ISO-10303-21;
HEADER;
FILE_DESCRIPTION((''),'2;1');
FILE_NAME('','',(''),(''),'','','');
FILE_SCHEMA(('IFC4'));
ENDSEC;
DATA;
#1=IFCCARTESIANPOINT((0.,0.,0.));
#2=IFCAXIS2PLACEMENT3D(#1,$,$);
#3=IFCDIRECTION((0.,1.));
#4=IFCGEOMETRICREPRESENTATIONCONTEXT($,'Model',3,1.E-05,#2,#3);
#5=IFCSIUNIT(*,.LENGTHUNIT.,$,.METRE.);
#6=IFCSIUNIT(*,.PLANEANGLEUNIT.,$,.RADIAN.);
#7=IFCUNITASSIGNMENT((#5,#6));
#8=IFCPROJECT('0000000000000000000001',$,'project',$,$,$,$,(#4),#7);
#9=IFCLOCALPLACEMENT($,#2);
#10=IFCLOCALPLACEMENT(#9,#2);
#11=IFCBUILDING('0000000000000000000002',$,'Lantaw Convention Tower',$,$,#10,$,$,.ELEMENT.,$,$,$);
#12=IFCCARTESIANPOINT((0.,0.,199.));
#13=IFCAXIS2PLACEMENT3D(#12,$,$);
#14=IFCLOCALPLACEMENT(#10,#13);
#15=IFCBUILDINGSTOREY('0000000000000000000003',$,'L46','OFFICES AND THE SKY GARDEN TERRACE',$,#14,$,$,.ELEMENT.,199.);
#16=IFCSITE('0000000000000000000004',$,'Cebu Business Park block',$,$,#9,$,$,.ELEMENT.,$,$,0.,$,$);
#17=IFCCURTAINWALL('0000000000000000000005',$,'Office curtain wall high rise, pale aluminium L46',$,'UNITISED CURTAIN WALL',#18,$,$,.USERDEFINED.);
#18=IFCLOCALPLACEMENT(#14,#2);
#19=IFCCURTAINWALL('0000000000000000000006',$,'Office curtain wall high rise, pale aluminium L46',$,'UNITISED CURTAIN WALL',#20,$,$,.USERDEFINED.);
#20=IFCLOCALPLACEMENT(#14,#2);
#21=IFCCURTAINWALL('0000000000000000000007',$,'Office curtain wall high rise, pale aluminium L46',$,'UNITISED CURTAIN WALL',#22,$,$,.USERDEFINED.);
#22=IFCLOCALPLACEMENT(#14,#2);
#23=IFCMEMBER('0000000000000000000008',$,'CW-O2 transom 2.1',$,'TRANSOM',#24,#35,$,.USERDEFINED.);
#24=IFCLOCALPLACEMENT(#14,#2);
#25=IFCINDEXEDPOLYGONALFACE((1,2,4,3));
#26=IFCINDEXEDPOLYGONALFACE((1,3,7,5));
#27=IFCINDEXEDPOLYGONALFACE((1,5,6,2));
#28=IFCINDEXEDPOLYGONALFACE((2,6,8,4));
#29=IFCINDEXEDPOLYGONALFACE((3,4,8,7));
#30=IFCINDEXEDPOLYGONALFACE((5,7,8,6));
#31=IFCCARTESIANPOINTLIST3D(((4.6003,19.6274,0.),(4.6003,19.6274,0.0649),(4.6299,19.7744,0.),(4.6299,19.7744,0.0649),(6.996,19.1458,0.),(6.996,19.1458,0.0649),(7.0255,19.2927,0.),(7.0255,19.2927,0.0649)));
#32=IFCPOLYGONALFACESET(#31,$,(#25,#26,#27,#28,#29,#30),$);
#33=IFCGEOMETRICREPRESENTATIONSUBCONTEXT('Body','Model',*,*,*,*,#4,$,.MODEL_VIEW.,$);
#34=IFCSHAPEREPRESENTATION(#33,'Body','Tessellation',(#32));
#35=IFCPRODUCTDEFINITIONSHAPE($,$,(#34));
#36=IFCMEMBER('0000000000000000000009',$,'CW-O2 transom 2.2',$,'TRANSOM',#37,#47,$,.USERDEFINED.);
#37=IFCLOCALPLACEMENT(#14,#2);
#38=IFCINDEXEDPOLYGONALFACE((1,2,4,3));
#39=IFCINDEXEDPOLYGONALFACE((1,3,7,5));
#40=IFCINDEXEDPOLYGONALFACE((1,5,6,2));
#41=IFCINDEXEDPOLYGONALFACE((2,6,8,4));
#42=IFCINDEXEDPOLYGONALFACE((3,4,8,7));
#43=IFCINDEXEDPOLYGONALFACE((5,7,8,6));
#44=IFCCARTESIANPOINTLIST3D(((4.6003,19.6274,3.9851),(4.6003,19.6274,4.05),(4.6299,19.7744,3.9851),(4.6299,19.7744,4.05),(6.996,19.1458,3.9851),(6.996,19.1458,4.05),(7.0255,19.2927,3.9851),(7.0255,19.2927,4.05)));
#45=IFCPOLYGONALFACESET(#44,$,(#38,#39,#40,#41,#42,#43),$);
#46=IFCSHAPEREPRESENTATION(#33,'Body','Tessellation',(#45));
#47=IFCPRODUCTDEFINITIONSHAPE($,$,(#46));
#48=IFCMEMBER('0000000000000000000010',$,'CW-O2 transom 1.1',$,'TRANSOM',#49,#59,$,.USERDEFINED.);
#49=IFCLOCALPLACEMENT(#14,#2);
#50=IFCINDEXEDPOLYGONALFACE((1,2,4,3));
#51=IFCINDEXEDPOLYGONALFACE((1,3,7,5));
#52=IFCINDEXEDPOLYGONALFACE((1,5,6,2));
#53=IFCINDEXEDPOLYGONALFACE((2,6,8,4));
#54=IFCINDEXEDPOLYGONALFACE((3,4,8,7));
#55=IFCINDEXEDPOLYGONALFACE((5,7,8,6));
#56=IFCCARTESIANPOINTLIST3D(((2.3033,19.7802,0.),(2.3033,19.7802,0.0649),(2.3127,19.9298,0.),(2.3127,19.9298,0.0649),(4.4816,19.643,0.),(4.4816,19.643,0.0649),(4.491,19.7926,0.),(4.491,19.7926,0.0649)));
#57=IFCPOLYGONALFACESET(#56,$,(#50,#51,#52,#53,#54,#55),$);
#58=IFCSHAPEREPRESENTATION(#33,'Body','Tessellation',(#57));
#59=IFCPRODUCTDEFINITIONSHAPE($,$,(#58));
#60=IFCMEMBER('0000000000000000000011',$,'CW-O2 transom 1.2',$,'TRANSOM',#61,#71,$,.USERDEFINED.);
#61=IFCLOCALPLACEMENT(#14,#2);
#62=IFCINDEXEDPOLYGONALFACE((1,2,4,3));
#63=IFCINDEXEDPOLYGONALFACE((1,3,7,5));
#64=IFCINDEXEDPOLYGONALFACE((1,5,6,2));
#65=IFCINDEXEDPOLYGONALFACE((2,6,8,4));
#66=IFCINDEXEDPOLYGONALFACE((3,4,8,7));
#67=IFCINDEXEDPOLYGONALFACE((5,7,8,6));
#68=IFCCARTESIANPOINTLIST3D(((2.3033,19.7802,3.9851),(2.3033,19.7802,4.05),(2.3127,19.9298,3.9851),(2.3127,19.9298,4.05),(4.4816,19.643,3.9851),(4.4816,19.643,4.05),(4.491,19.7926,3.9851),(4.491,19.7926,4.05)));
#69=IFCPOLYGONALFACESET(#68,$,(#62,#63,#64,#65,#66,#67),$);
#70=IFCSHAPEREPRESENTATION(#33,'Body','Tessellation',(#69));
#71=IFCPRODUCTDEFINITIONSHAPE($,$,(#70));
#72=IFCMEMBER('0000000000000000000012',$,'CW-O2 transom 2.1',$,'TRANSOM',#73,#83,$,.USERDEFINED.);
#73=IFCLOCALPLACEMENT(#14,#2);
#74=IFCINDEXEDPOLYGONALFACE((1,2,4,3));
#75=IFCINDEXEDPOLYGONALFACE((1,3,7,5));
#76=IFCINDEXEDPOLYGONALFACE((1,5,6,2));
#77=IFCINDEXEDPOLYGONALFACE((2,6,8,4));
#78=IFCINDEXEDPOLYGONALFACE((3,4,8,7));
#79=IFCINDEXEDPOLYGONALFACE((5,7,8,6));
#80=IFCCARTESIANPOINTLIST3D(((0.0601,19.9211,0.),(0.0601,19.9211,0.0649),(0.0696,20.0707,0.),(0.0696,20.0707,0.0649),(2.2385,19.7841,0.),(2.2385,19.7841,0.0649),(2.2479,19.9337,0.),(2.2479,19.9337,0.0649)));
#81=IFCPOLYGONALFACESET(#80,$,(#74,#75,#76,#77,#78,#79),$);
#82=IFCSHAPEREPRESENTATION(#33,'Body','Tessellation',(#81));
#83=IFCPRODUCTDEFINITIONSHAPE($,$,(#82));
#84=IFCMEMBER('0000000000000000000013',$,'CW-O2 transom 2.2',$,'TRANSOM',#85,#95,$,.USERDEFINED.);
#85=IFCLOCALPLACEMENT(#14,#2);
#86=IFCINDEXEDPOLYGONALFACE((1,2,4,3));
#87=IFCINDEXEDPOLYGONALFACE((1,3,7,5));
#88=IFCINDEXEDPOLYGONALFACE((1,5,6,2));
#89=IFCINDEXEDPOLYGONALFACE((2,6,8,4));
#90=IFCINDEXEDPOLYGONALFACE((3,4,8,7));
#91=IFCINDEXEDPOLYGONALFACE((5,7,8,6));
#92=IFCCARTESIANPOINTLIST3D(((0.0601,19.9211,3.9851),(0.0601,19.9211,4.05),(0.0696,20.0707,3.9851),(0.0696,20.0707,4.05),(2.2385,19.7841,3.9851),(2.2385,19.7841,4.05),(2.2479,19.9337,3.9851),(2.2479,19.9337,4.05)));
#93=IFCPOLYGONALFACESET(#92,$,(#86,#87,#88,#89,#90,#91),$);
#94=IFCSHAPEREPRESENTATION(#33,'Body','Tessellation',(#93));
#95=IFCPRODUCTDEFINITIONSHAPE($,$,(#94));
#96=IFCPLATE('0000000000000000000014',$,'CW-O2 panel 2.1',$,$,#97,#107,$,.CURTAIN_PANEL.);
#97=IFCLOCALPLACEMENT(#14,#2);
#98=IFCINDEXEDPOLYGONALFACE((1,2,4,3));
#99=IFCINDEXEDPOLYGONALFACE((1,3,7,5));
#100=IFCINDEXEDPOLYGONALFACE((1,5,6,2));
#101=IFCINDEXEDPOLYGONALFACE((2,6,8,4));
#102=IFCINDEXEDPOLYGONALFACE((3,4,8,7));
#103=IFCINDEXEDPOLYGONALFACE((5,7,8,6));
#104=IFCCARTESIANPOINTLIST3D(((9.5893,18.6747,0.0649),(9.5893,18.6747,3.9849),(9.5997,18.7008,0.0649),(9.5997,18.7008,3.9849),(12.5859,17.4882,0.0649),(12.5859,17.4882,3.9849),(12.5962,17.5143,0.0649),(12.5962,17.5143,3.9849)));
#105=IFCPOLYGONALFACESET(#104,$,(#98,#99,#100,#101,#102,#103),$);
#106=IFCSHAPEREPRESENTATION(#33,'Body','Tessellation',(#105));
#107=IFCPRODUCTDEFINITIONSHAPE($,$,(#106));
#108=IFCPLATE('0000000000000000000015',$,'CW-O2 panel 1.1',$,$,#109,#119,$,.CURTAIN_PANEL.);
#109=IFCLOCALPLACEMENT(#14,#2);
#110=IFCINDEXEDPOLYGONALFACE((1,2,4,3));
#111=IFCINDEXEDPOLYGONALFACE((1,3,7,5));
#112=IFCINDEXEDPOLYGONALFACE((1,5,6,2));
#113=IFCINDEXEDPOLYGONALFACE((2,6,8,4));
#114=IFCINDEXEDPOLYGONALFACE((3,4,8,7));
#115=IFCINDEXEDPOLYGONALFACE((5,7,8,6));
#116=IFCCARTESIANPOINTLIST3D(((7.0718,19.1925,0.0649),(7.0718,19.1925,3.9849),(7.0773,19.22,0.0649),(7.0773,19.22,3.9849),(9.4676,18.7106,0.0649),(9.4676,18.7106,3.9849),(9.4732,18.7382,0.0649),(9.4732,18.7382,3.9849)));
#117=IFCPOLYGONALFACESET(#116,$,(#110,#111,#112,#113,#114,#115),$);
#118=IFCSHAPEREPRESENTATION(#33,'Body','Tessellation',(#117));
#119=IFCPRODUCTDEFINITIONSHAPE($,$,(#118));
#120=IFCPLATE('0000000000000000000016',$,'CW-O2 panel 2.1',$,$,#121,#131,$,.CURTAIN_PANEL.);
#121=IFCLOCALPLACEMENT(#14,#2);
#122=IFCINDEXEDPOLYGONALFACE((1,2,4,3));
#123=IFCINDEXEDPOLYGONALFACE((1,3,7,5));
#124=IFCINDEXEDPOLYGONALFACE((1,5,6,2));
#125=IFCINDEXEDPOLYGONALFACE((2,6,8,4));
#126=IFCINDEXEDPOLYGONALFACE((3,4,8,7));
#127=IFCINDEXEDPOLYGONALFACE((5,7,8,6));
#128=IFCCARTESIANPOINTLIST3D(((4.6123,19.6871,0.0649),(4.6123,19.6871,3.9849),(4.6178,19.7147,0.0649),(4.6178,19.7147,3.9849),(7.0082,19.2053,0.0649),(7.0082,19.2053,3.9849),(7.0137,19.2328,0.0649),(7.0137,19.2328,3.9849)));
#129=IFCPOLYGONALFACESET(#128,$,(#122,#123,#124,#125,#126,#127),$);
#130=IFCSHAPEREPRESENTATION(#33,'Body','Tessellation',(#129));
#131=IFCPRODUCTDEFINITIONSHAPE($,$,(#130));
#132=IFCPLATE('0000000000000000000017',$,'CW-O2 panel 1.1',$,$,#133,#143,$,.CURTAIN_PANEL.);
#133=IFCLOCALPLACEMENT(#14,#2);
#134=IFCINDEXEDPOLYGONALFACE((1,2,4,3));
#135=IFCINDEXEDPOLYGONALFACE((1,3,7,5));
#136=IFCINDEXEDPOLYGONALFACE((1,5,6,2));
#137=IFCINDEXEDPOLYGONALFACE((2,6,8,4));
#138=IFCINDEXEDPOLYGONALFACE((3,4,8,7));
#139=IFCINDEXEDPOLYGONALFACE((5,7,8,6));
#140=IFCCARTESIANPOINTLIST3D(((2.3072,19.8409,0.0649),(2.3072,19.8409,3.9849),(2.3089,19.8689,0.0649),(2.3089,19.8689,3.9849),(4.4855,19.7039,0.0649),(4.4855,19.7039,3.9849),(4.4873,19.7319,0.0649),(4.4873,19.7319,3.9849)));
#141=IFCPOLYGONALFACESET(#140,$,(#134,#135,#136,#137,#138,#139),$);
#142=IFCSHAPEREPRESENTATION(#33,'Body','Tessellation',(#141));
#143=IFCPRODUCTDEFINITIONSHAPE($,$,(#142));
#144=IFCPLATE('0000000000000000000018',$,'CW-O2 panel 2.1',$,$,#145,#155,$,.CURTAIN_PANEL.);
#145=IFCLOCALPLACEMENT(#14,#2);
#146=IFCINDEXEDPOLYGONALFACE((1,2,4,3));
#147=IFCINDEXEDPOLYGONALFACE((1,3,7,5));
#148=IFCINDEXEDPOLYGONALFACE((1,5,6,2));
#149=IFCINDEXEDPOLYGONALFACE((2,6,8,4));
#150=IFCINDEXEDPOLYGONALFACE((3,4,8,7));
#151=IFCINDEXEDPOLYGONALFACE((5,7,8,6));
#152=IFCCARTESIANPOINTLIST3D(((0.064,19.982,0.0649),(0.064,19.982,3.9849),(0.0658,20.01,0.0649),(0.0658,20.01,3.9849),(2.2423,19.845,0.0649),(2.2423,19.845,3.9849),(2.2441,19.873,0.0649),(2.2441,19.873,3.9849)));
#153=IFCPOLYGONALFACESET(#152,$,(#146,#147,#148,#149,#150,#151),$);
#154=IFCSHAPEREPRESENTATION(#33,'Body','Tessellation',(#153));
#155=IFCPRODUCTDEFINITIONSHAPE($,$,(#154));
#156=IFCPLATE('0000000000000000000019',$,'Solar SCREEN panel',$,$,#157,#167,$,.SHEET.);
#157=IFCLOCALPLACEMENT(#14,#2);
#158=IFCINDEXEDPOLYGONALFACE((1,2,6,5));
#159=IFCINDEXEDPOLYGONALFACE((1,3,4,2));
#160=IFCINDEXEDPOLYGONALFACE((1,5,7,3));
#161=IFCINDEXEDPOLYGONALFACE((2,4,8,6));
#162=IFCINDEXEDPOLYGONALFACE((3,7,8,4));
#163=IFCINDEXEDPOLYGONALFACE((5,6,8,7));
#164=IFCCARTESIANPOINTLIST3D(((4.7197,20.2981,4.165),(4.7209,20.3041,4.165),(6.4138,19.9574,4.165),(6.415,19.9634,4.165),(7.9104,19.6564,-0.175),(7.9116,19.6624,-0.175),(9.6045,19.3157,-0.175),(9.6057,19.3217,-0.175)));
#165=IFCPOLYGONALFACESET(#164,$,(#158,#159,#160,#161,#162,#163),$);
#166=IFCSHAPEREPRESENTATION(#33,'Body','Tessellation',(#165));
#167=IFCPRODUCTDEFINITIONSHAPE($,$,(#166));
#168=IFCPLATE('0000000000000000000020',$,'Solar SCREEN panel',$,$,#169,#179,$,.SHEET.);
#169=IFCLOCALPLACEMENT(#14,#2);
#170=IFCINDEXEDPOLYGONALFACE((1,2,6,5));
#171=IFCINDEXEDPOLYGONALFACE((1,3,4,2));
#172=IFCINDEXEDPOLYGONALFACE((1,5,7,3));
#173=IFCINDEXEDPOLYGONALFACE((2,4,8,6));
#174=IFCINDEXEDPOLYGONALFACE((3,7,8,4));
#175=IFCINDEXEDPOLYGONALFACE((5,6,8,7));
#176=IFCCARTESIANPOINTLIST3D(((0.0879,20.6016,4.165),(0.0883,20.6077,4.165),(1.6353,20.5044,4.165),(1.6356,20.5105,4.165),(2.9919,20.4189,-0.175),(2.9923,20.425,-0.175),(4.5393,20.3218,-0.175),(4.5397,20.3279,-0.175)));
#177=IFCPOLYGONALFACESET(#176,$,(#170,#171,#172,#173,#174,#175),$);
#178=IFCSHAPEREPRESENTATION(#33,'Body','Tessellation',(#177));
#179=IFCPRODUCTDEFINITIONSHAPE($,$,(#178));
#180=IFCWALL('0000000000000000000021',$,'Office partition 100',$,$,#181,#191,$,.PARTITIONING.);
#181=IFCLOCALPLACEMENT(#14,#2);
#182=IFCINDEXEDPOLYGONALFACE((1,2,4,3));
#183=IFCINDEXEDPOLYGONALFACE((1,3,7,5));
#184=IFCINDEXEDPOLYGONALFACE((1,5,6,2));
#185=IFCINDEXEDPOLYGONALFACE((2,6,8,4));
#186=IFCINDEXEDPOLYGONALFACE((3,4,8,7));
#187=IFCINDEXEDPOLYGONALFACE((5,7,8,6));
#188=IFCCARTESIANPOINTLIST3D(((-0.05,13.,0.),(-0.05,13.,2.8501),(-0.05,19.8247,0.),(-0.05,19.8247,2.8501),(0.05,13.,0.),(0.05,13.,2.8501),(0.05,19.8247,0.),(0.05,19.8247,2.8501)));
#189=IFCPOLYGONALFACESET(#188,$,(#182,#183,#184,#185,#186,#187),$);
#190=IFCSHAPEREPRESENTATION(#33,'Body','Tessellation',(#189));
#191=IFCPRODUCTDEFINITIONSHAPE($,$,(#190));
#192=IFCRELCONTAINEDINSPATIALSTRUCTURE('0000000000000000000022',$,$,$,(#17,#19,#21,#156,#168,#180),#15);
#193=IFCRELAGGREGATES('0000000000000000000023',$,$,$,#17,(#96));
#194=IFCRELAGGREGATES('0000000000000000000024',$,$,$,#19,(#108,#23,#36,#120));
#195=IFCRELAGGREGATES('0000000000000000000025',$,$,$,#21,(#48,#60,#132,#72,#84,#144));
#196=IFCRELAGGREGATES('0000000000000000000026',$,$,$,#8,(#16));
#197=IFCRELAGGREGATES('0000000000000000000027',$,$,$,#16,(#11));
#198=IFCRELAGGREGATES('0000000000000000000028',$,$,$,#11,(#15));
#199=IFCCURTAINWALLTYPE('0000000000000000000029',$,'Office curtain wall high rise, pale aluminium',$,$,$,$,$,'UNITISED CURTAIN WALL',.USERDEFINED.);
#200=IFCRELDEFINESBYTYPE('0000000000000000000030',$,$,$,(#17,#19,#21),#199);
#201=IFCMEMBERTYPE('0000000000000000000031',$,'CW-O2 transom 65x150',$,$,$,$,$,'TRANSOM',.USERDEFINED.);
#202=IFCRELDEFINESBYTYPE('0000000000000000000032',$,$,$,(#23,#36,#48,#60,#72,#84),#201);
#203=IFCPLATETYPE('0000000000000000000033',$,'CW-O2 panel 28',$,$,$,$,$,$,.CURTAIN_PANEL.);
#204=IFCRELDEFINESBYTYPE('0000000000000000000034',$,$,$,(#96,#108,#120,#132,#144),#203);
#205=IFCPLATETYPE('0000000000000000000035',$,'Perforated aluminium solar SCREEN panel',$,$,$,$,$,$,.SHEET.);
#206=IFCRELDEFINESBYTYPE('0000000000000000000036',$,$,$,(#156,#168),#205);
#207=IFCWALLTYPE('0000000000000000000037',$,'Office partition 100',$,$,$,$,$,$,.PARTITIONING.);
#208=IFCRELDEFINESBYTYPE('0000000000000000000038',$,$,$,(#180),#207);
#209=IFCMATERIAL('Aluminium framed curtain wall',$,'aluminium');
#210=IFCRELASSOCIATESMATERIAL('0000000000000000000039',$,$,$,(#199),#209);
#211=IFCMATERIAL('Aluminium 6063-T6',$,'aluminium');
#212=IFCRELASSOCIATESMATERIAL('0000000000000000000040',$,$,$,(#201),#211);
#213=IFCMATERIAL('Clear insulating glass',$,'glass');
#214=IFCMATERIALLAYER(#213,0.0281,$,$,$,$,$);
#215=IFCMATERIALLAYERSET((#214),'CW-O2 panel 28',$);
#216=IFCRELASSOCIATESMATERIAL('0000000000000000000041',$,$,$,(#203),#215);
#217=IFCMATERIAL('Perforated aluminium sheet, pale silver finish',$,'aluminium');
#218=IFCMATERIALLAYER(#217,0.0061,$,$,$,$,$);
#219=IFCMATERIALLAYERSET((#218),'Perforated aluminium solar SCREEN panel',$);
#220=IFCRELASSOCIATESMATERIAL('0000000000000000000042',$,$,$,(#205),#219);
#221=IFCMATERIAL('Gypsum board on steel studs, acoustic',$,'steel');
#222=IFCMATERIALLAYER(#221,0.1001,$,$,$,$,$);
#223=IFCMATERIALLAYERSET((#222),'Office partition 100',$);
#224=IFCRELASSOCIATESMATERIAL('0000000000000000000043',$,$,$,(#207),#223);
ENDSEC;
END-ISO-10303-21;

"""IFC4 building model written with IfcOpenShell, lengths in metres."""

from ifc_helpers import new_model, si_unit, direction, frame, frame_2d, origin, origin_2d, place, context, subcontext, project, spatial, polyline, rectangle, outline, extrude, material, layer, layer_set, material_profile, profile_set, type_object, element, aggregate, save


model = new_model("IFC4")

# Units and contexts
model_context = context("Model", 3, precision=1e-05, world=origin(), true_north=direction((0.0, 1.0)))
body_context = subcontext(model_context, "Body", "Model", "MODEL_VIEW")
ifc_project = project(units=[si_unit("LENGTHUNIT", "METRE"), si_unit("PLANEANGLEUNIT", "RADIAN")], contexts=[model_context])

# Site, building, storey
site_placement = place(None, origin())
site = spatial("IfcSite", under=ifc_project, at=site_placement, Name="Cebu Business Park block", CompositionType="ELEMENT", RefElevation=0.0)
building_placement = place(site_placement, origin())
building = spatial("IfcBuilding", under=site, at=building_placement, Name="Lantaw Convention Tower", CompositionType="ELEMENT")
storey_placement = place(building_placement, frame((0.0, 0.0, 199.0)))
storey = spatial("IfcBuildingStorey", under=building, at=storey_placement, Name="L46", Description="OFFICES AND THE SKY GARDEN TERRACE", CompositionType="ELEMENT", Elevation=199.0)

# Curtain wall
ifc_material_1 = material(Name="Aluminium framed curtain wall", Category="aluminium")
curtain_wall_type = type_object("IfcCurtainWallType", Name="Office curtain wall high rise, pale aluminium", ElementType="UNITISED CURTAIN WALL", PredefinedType="USERDEFINED", material=ifc_material_1)
curtain_wall_1_placement = place(storey_placement, origin())
curtain_wall_1 = element("IfcCurtainWall", 1, at=curtain_wall_1_placement, inside=storey, type_object=curtain_wall_type, Name="Office curtain wall high rise, pale aluminium L46", ObjectType="UNITISED CURTAIN WALL", PredefinedType="USERDEFINED")
ifc_material_2 = material(Name="Aluminium 6063-T6", Category="aluminium")

# Curtain walls
curtain_wall_2_placement = place(storey_placement, origin())
curtain_wall_2 = element("IfcCurtainWall", 2, at=curtain_wall_2_placement, inside=storey, type_object=curtain_wall_type, Name="Office curtain wall high rise, pale aluminium L46", ObjectType="UNITISED CURTAIN WALL", PredefinedType="USERDEFINED")
curtain_wall_3_placement = place(storey_placement, origin())
curtain_wall_3 = element("IfcCurtainWall", 3, at=curtain_wall_3_placement, inside=storey, type_object=curtain_wall_type, Name="Office curtain wall high rise, pale aluminium L46", ObjectType="UNITISED CURTAIN WALL", PredefinedType="USERDEFINED")

# Members
ifc_material_profile_1 = material_profile(ifc_material_2, rectangle(XDim=0.1499, YDim=0.0649, at=origin_2d()), Name="CW-O2 transom 65x150")
ifc_profile_set_1 = profile_set([ifc_material_profile_1], Name="Aluminium 6063-T6")
member_type_1 = type_object("IfcMemberType", Name="CW-O2 transom 65x150", ElementType="TRANSOM", PredefinedType="USERDEFINED", material=ifc_profile_set_1)
member_1_placement = place(storey_placement, frame((7.0107, 19.2192, 0.0325), z_axis=(-0.98038, 0.197115, 0.0), x_axis=(-0.197115, -0.98038, 0.0)))
member_1 = element("IfcMember", 4, at=member_1_placement, type_object=member_type_1, Name="CW-O2 transom 2.1", ObjectType="TRANSOM", PredefinedType="USERDEFINED", context=body_context, shape_type="SweptSolid", body=[
    extrude(rectangle(XDim=0.1499, YDim=0.0649, at=origin_2d()), origin(), (0.0, 0.0, 1.0), 2.4436),
])
member_2_placement = place(storey_placement, frame((7.0107, 19.2192, 4.0176), z_axis=(-0.98038, 0.197115, 0.0), x_axis=(-0.197115, -0.98038, 0.0)))
member_2 = element("IfcMember", 5, at=member_2_placement, type_object=member_type_1, Name="CW-O2 transom 2.2", ObjectType="TRANSOM", PredefinedType="USERDEFINED", context=body_context, shape_type="SweptSolid", body=[
    extrude(rectangle(XDim=0.1499, YDim=0.0649, at=origin_2d()), origin(), (0.0, 0.0, 1.0), 2.4436),
])
member_3_placement = place(storey_placement, frame((4.4863, 19.7178, 0.0325), z_axis=(-0.998022, 0.062866, 0.0), x_axis=(-0.062866, -0.998022, 0.0)))
member_3 = element("IfcMember", 6, at=member_3_placement, type_object=member_type_1, Name="CW-O2 transom 1.1", ObjectType="TRANSOM", PredefinedType="USERDEFINED", context=body_context, shape_type="SweptSolid", body=[
    extrude(rectangle(XDim=0.1499, YDim=0.0649, at=origin_2d()), origin(), (0.0, 0.0, 1.0), 2.1826),
])
member_4_placement = place(storey_placement, frame((4.4863, 19.7178, 4.0176), z_axis=(-0.998022, 0.062866, 0.0), x_axis=(-0.062866, -0.998022, 0.0)))
member_4 = element("IfcMember", 7, at=member_4_placement, type_object=member_type_1, Name="CW-O2 transom 1.2", ObjectType="TRANSOM", PredefinedType="USERDEFINED", context=body_context, shape_type="SweptSolid", body=[
    extrude(rectangle(XDim=0.1499, YDim=0.0649, at=origin_2d()), origin(), (0.0, 0.0, 1.0), 2.1826),
])
member_5_placement = place(storey_placement, frame((2.2432, 19.8589, 0.0325), z_axis=(-0.998029, 0.062754, 0.0), x_axis=(-0.062754, -0.998029, 0.0)))
member_5 = element("IfcMember", 8, at=member_5_placement, type_object=member_type_1, Name="CW-O2 transom 2.1", ObjectType="TRANSOM", PredefinedType="USERDEFINED", context=body_context, shape_type="SweptSolid", body=[
    extrude(rectangle(XDim=0.1499, YDim=0.0649, at=origin_2d()), origin(), (0.0, 0.0, 1.0), 2.1826),
])
member_6_placement = place(storey_placement, frame((2.2432, 19.8589, 4.0176), z_axis=(-0.998029, 0.062754, 0.0), x_axis=(-0.062754, -0.998029, 0.0)))
member_6 = element("IfcMember", 9, at=member_6_placement, type_object=member_type_1, Name="CW-O2 transom 2.2", ObjectType="TRANSOM", PredefinedType="USERDEFINED", context=body_context, shape_type="SweptSolid", body=[
    extrude(rectangle(XDim=0.1499, YDim=0.0649, at=origin_2d()), origin(), (0.0, 0.0, 1.0), 2.1826),
])

# Plates
ifc_material_3 = material(Name="Clear insulating glass", Category="glass")
ifc_layer_1 = layer(ifc_material_3, 0.0281)
ifc_layer_set_1 = layer_set([ifc_layer_1], Name="CW-O2 panel 28")
plate_type_1 = type_object("IfcPlateType", Name="CW-O2 panel 28", PredefinedType="CURTAIN_PANEL", material=ifc_layer_set_1)
plate_1_placement = place(storey_placement, frame((11.0928, 18.0945, 0.0649), z_axis=(0.0, 0.0, 1.0), x_axis=(-0.929762, 0.368162, 0.0)))
plate_1 = element("IfcPlate", 10, at=plate_1_placement, type_object=plate_type_1, Name="CW-O2 panel 2.1", PredefinedType="CURTAIN_PANEL", context=body_context, shape_type="SweptSolid", body=[
    extrude(rectangle(XDim=3.2229, YDim=0.0281, at=origin_2d()), origin(), (0.0, 0.0, 1.0), 3.9199),
])
aggregate(curtain_wall_1, [plate_1])
plate_2_placement = place(storey_placement, frame((8.2725, 18.9653, 0.0649), z_axis=(0.0, 0.0, 1.0), x_axis=(-0.980367, 0.197183, 0.0)))
plate_2 = element("IfcPlate", 11, at=plate_2_placement, type_object=plate_type_1, Name="CW-O2 panel 1.1", PredefinedType="CURTAIN_PANEL", context=body_context, shape_type="SweptSolid", body=[
    extrude(rectangle(XDim=2.4438, YDim=0.0281, at=origin_2d()), origin(), (0.0, 0.0, 1.0), 3.9199),
])
plate_3_placement = place(storey_placement, frame((5.813, 19.46, 0.0649), z_axis=(0.0, 0.0, 1.0), x_axis=(-0.980367, 0.197183, 0.0)))
plate_3 = element("IfcPlate", 12, at=plate_3_placement, type_object=plate_type_1, Name="CW-O2 panel 2.1", PredefinedType="CURTAIN_PANEL", context=body_context, shape_type="SweptSolid", body=[
    extrude(rectangle(XDim=2.4438, YDim=0.0281, at=origin_2d()), origin(), (0.0, 0.0, 1.0), 3.9199),
])
aggregate(curtain_wall_2, [plate_2, member_1, member_2, plate_3])
plate_4_placement = place(storey_placement, frame((3.3972, 19.7864, 0.0649), z_axis=(0.0, 0.0, 1.0), x_axis=(-0.998029, 0.062758, 0.0)))
plate_4 = element("IfcPlate", 13, at=plate_4_placement, type_object=plate_type_1, Name="CW-O2 panel 1.1", PredefinedType="CURTAIN_PANEL", context=body_context, shape_type="SweptSolid", body=[
    extrude(rectangle(XDim=2.1826, YDim=0.0281, at=origin_2d()), origin(), (0.0, 0.0, 1.0), 3.9199),
])
plate_5_placement = place(storey_placement, frame((1.1541, 19.9275, 0.0649), z_axis=(0.0, 0.0, 1.0), x_axis=(-0.998029, 0.062758, 0.0)))
plate_5 = element("IfcPlate", 14, at=plate_5_placement, type_object=plate_type_1, Name="CW-O2 panel 2.1", PredefinedType="CURTAIN_PANEL", context=body_context, shape_type="SweptSolid", body=[
    extrude(rectangle(XDim=2.1826, YDim=0.0281, at=origin_2d()), origin(), (0.0, 0.0, 1.0), 3.9199),
])
aggregate(curtain_wall_3, [member_3, member_4, plate_4, member_5, member_6, plate_5])

# Plates
ifc_material_4 = material(Name="Perforated aluminium sheet, pale silver finish", Category="aluminium")
ifc_layer_2 = layer(ifc_material_4, 0.0061)
ifc_layer_set_2 = layer_set([ifc_layer_2], Name="Perforated aluminium solar SCREEN panel")
plate_type_2 = type_object("IfcPlateType", Name="Perforated aluminium solar SCREEN panel", PredefinedType="SHEET", material=ifc_layer_set_2)
plate_6_placement = place(storey_placement, frame((9.6045, 19.3157, -0.175), z_axis=(-0.197162, -0.980371, 0.000011), x_axis=(-0.980371, 0.197162, 0.0)))
element("IfcPlate", 15, at=plate_6_placement, inside=storey, type_object=plate_type_2, Name="Solar SCREEN panel", PredefinedType="SHEET", context=body_context, shape_type="SweptSolid", body=[
    extrude(outline(polyline([(0.0, 0.0), (1.728, 0.0), (4.9826, -4.3401), (3.2545, -4.3401), (0.0, 0.0)])), origin(), (0.0, 0.0, -1.0), 0.0061),
])
plate_7_placement = place(storey_placement, frame((4.5393, 20.3218, -0.175), z_axis=(-0.062672, -0.998034, 0.000059), x_axis=(-0.998034, 0.062672, 0.0)))
element("IfcPlate", 16, at=plate_7_placement, inside=storey, type_object=plate_type_2, Name="Solar SCREEN panel", PredefinedType="SHEET", context=body_context, shape_type="SweptSolid", body=[
    extrude(outline(polyline([(0.0, 0.0), (1.5504, 0.0), (4.4602, -4.3401), (2.9098, -4.3401), (0.0, 0.0)])), origin(), (0.0, 0.0, -1.0), 0.0061),
])

# Wall
ifc_material_5 = material(Name="Gypsum board on steel studs, acoustic", Category="steel")
ifc_layer_3 = layer(ifc_material_5, 0.1001)
ifc_layer_set_3 = layer_set([ifc_layer_3], Name="Office partition 100")
wall_type_1 = type_object("IfcWallType", Name="Office partition 100", PredefinedType="PARTITIONING", material=ifc_layer_set_3)
wall_1_placement = place(storey_placement, frame((0.0, 19.8247, 0.0), z_axis=(0.0, 0.0, 1.0), x_axis=(0.0, -1.0, 0.0)))
element("IfcWall", 17, at=wall_1_placement, inside=storey, type_object=wall_type_1, Name="Office partition 100", PredefinedType="PARTITIONING", context=body_context, shape_type="SweptSolid", body=[
    extrude(rectangle(XDim=6.8247, YDim=0.1001, at=frame_2d((3.4124, 0.0))), origin(), (0.0, 0.0, 1.0), 2.8501),
])

save(model, "model.ifc")
